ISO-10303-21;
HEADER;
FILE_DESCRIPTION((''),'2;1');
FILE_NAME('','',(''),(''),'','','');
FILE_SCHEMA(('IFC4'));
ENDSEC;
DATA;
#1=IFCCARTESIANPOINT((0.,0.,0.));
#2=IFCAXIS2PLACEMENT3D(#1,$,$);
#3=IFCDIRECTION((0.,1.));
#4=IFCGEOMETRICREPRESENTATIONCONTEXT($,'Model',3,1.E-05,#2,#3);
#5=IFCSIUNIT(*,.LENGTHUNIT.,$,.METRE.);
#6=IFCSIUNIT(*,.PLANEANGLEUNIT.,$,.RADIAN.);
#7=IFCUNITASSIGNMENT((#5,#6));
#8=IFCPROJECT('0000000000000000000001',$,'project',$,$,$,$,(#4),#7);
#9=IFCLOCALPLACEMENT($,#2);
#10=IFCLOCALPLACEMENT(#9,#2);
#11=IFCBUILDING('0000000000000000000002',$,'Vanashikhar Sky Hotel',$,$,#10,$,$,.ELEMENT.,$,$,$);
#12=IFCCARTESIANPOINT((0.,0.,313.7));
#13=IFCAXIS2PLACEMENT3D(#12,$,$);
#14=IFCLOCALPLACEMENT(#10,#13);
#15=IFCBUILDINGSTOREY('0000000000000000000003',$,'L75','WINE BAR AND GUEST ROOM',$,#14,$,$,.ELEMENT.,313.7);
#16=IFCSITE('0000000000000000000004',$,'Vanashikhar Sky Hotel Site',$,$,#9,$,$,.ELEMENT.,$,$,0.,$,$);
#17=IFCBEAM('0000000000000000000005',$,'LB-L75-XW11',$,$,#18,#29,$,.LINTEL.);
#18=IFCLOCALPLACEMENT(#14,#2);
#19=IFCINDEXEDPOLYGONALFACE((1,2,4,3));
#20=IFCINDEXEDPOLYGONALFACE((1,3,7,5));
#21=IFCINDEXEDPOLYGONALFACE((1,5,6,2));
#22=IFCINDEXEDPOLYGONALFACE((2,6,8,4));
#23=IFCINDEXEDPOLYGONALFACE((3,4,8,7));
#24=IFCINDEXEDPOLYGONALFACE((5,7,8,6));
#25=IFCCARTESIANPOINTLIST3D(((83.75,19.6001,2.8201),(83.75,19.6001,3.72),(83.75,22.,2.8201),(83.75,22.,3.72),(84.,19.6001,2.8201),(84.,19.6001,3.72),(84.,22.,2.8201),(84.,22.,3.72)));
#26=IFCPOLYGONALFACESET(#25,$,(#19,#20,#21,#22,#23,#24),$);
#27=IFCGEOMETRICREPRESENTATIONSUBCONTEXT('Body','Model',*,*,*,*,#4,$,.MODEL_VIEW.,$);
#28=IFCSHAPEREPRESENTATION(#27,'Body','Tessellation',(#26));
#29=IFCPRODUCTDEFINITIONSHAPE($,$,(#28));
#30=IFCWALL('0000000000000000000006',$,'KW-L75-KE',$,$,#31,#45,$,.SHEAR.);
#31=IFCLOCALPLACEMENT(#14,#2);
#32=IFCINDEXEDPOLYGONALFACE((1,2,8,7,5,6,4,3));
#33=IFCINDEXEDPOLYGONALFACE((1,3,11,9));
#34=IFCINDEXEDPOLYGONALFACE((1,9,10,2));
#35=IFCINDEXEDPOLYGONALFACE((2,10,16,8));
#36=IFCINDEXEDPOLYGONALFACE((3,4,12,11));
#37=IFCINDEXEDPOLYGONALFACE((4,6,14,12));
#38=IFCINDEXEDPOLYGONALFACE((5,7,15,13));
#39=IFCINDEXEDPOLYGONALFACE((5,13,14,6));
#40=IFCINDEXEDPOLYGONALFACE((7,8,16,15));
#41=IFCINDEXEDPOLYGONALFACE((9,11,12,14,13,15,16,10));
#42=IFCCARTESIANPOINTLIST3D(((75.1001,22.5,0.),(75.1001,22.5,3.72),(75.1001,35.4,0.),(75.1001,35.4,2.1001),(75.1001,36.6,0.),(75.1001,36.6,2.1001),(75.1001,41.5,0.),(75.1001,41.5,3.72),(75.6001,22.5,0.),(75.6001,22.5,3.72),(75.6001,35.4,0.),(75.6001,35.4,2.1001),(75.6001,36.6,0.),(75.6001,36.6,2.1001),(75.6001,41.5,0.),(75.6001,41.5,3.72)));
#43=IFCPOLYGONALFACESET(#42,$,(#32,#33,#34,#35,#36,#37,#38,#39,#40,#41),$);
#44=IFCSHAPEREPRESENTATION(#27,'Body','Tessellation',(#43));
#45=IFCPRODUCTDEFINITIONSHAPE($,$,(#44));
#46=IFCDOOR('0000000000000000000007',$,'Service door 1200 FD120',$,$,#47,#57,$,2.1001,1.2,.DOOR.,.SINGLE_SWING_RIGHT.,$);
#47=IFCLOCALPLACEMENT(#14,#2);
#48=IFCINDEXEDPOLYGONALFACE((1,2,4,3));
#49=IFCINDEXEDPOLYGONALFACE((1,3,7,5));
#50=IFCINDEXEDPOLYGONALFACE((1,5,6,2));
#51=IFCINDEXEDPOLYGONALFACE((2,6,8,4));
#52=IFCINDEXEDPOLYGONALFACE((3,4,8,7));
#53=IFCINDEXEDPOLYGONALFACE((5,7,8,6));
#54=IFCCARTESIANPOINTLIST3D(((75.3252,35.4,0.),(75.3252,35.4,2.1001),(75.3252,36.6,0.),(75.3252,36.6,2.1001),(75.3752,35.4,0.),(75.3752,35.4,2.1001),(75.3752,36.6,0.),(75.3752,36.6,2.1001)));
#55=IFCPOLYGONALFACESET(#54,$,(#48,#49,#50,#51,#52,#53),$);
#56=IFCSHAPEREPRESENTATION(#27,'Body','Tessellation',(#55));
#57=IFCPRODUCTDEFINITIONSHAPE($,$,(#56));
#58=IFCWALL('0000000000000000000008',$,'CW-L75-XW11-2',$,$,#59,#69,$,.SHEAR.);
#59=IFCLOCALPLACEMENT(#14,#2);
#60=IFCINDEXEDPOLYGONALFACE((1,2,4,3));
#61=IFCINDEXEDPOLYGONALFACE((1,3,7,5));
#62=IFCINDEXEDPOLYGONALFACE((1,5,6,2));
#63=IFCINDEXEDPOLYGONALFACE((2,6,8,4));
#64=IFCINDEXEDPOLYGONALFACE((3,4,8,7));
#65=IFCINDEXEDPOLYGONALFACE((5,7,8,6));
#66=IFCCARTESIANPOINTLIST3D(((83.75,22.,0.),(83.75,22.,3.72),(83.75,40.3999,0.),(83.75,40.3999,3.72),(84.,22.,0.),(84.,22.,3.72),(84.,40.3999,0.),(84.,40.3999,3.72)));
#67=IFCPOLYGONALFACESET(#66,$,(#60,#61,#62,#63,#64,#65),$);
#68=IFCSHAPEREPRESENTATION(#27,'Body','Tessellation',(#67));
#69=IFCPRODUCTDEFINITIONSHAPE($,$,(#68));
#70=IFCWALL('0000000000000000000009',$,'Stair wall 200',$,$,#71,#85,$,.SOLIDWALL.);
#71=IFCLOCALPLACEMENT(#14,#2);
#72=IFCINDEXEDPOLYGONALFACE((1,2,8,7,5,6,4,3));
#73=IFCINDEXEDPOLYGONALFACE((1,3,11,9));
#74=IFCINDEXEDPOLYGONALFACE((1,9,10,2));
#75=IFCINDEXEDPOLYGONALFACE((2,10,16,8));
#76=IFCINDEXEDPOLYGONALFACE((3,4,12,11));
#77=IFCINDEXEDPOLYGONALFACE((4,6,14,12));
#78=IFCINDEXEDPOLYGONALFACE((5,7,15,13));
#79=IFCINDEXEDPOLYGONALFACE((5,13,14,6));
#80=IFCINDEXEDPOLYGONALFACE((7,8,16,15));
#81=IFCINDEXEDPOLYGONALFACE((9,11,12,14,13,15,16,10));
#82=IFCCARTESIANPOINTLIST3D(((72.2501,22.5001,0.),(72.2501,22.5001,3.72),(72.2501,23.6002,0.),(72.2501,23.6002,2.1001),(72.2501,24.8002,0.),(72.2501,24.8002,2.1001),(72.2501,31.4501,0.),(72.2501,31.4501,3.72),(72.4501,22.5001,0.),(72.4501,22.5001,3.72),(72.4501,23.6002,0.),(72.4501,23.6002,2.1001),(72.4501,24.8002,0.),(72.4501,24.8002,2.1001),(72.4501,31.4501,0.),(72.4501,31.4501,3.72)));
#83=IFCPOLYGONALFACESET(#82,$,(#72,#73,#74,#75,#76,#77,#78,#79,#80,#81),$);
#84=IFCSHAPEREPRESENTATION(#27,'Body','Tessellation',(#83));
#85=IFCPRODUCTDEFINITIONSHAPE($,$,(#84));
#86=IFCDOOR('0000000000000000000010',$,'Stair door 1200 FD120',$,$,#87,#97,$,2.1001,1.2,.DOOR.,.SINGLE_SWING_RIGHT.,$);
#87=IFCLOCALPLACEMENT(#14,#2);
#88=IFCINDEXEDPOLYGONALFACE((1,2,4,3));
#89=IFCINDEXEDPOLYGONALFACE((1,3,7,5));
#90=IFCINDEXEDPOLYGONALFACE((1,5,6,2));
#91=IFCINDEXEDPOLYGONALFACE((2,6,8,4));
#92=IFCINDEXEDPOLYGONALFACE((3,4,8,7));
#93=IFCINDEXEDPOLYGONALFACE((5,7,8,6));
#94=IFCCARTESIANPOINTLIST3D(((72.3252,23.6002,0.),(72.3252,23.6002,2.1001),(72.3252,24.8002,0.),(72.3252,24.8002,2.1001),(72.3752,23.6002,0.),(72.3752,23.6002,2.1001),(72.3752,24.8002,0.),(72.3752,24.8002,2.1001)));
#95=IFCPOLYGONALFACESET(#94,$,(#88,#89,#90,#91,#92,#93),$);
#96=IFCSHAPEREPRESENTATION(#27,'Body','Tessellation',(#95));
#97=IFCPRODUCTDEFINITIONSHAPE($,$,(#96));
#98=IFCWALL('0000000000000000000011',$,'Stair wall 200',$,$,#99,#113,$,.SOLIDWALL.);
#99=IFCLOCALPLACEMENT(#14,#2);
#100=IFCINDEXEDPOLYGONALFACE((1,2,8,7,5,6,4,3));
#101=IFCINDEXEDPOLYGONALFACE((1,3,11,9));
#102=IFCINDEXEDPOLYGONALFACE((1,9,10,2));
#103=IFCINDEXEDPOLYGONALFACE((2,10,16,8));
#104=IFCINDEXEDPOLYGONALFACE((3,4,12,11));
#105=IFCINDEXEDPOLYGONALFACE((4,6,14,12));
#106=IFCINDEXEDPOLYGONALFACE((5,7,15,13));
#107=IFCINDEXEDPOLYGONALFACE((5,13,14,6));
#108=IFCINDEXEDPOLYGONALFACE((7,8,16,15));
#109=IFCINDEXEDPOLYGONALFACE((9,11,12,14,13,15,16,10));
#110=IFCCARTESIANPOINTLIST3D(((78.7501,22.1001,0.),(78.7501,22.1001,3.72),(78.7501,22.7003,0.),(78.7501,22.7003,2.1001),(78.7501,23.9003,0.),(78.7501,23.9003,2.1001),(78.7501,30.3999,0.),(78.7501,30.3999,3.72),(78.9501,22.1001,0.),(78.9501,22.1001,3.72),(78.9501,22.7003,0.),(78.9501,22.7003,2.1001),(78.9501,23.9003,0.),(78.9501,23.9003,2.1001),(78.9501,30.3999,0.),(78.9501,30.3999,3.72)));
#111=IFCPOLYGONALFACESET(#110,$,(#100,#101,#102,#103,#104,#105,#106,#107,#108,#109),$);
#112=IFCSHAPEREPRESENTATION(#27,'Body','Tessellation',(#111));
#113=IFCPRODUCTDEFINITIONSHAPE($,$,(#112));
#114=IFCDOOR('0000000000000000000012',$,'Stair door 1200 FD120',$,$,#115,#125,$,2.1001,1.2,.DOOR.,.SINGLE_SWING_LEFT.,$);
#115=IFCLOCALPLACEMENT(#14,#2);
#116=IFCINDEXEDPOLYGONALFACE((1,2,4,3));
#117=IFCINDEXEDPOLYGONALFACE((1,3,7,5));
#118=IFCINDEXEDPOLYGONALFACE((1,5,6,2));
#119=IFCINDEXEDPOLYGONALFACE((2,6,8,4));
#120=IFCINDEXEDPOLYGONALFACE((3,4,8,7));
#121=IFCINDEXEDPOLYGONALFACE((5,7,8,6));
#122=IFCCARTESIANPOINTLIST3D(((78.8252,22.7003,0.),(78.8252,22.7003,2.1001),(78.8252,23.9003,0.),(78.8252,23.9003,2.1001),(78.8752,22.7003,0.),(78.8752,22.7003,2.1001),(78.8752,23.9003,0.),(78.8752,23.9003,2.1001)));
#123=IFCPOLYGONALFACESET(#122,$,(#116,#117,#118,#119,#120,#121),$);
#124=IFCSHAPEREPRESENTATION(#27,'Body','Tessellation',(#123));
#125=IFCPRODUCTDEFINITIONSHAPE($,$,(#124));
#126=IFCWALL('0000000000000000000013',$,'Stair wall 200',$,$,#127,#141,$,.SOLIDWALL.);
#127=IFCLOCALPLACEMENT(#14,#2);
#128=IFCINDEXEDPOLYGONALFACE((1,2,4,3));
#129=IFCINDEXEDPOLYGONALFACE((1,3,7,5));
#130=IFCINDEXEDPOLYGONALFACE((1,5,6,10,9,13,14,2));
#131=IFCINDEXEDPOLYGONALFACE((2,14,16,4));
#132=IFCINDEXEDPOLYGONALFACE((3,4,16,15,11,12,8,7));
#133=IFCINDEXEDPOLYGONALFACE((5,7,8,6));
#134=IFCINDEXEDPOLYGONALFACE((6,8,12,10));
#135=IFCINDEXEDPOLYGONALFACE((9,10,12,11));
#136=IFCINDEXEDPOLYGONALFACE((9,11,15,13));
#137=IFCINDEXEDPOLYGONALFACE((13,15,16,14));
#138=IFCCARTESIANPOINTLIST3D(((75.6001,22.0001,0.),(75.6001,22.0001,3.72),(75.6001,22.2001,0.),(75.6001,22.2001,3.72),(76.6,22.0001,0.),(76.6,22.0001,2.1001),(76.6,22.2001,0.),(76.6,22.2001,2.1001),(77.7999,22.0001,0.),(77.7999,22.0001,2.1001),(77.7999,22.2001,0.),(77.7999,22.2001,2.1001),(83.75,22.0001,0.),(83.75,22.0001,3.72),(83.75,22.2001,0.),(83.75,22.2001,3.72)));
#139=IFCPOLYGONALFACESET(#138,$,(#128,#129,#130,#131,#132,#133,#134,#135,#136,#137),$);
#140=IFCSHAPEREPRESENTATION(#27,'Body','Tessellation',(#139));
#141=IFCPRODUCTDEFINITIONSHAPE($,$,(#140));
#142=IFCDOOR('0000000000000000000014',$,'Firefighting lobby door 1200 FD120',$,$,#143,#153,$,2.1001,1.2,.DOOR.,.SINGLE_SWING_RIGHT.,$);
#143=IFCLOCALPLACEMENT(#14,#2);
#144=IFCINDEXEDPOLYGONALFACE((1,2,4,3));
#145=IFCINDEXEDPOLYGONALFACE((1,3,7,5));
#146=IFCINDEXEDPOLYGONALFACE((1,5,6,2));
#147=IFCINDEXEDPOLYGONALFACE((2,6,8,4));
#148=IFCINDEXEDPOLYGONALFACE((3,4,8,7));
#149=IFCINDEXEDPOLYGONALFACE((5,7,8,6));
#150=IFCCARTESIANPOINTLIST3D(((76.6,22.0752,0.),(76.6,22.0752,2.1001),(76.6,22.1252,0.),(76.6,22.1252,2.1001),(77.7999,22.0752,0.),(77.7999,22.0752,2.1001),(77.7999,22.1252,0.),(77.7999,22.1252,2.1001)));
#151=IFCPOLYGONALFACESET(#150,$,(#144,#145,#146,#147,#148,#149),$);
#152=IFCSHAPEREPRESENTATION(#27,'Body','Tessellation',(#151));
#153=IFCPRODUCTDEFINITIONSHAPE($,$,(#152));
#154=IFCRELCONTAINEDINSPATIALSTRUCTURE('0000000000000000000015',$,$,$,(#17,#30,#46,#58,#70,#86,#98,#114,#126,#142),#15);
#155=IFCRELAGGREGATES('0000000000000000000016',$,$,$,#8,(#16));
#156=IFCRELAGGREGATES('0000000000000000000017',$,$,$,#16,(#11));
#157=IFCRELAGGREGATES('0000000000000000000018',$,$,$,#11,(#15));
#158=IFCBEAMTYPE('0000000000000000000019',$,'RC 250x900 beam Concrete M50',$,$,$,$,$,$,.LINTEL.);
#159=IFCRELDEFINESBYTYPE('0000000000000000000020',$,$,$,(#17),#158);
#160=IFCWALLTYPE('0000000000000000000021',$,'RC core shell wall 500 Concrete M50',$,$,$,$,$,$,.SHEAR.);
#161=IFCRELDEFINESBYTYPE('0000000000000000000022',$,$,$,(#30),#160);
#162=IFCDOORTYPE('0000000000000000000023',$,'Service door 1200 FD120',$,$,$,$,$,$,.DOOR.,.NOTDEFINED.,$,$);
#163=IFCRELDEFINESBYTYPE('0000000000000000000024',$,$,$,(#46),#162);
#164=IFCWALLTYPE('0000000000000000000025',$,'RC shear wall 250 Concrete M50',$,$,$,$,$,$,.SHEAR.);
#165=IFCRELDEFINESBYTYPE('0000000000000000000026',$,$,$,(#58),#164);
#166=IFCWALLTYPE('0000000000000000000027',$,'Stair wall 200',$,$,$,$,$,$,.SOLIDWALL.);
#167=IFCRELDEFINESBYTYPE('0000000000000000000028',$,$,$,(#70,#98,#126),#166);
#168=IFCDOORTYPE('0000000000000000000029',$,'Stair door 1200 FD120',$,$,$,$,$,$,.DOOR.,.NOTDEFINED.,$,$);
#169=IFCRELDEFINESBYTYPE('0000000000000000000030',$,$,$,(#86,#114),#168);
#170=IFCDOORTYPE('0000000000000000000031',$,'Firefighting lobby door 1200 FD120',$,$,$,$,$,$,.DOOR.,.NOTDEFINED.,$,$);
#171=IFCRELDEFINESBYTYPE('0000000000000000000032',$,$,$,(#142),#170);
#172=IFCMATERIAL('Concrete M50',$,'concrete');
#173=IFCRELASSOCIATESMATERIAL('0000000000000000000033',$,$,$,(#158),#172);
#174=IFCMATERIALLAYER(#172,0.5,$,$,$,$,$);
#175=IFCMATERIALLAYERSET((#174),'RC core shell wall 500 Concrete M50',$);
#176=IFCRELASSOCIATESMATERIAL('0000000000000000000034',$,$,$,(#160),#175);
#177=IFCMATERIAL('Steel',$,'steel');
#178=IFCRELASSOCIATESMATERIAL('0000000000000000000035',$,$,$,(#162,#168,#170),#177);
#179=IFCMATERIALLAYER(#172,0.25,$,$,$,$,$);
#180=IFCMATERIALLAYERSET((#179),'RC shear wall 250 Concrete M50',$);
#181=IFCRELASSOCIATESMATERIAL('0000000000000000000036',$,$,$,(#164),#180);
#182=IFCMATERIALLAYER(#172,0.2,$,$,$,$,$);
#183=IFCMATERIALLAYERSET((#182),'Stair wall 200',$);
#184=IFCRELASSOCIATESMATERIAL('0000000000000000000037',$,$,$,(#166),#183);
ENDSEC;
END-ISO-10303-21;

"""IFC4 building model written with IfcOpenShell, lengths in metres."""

from ifc_helpers import new_model, si_unit, direction, frame, frame_2d, origin, origin_2d, place, context, subcontext, project, spatial, rectangle, extrude, source, transform, mapped, material, layer, layer_set, material_profile, profile_set, type_object, element, fill, save


model = new_model("IFC4")

# Units and contexts
model_context = context("Model", 3, precision=1e-05, world=origin(), true_north=direction((0.0, 1.0)))
body_context = subcontext(model_context, "Body", "Model", "MODEL_VIEW")
ifc_project = project(units=[si_unit("LENGTHUNIT", "METRE"), si_unit("PLANEANGLEUNIT", "RADIAN")], contexts=[model_context])

# Site, building, storey
site_placement = place(None, origin())
site = spatial("IfcSite", under=ifc_project, at=site_placement, Name="Vanashikhar Sky Hotel Site", CompositionType="ELEMENT", RefElevation=0.0)
building_placement = place(site_placement, origin())
building = spatial("IfcBuilding", under=site, at=building_placement, Name="Vanashikhar Sky Hotel", CompositionType="ELEMENT")
storey_placement = place(building_placement, frame((0.0, 0.0, 313.7)))
storey = spatial("IfcBuildingStorey", under=building, at=storey_placement, Name="L75", Description="WINE BAR AND GUEST ROOM", CompositionType="ELEMENT", Elevation=313.7)

# Beam
ifc_material_1 = material(Name="Concrete M50", Category="concrete")
ifc_material_profile = material_profile(ifc_material_1, rectangle(XDim=0.25, YDim=0.8999, at=origin_2d()))
ifc_profile_set = profile_set([ifc_material_profile], Name="RC 250x900 beam Concrete M50")
beam_type = type_object("IfcBeamType", Name="RC 250x900 beam Concrete M50", PredefinedType="LINTEL", material=ifc_profile_set)
shared_shape_1 = source(origin(), body_context, "Body", "SweptSolid", [
    extrude(rectangle(XDim=0.25, YDim=0.8999, at=origin_2d()), origin(), (0.0, 0.0, 1.0), 2.3999),
])
beam_placement = place(storey_placement, frame((83.875, 19.6001, 3.27), z_axis=(0.0, 1.0, 0.0), x_axis=(-1.0, 0.0, 0.0)))
element("IfcBeam", 1, at=beam_placement, inside=storey, type_object=beam_type, Name="LB-L75-XW11", PredefinedType="LINTEL", context=body_context, shape_type="MappedRepresentation", body=[
    mapped(shared_shape_1, transform((0.0, 0.0, 0.0), scale=1.0)),
])

# Wall, opening, door
ifc_layer_1 = layer(ifc_material_1, 0.5)
ifc_layer_set_1 = layer_set([ifc_layer_1], Name="RC core shell wall 500 Concrete M50")
wall_type_1 = type_object("IfcWallType", Name="RC core shell wall 500 Concrete M50", PredefinedType="SHEAR", material=ifc_layer_set_1)
shared_shape_2 = source(origin(), body_context, "Body", "SweptSolid", [
    extrude(rectangle(XDim=19.0, YDim=0.5, at=frame_2d((9.5, 0.0))), origin(), (0.0, 0.0, 1.0), 3.72),
])
wall_1_placement = place(storey_placement, frame((75.3501, 22.5, 0.0), z_axis=(0.0, 0.0, 1.0), x_axis=(0.0, 1.0, 0.0)))
wall_1 = element("IfcWall", 2, at=wall_1_placement, inside=storey, type_object=wall_type_1, Name="KW-L75-KE", PredefinedType="SHEAR", context=body_context, shape_type="MappedRepresentation", body=[
    mapped(shared_shape_2, transform((0.0, 0.0, 0.0), scale=1.0)),
])
shared_shape_3 = source(origin(), body_context, "Body", "SweptSolid", [
    extrude(rectangle(XDim=1.2, YDim=2.1001, at=frame_2d((0.6001, 1.05))), frame((0.0, 0.26, 0.0), z_axis=(0.0, -1.0, 0.0), x_axis=(1.0, 0.0, 0.0)), (0.0, 0.0, 1.0), 0.52),
])
opening_1_placement = place(wall_1_placement, frame((12.8999, 0.0, 0.0)))
opening_1 = element("IfcOpeningElement", 3, at=opening_1_placement, cuts=wall_1, PredefinedType="OPENING", context=body_context, shape_type="MappedRepresentation", body=[
    mapped(shared_shape_3, transform((0.0, 0.0, 0.0), scale=1.0)),
])
ifc_material_2 = material(Name="Steel", Category="steel")
door_type_1 = type_object("IfcDoorType", Name="Service door 1200 FD120", OperationType="NOTDEFINED", PredefinedType="DOOR", material=ifc_material_2)
shared_shape_4 = source(origin(), body_context, "Body", "SweptSolid", [
    extrude(rectangle(XDim=1.2, YDim=2.1001, at=frame_2d((0.6001, 1.05))), frame((0.0, 0.0249, 0.0), z_axis=(0.0, -1.0, 0.0), x_axis=(1.0, 0.0, 0.0)), (0.0, 0.0, 1.0), 0.05),
])
door_1_placement = place(opening_1_placement, origin())
door_1 = element("IfcDoor", 4, at=door_1_placement, inside=storey, type_object=door_type_1, Name="Service door 1200 FD120", OperationType="SINGLE_SWING_RIGHT", OverallHeight=2.1001, OverallWidth=1.2, PredefinedType="DOOR", context=body_context, shape_type="MappedRepresentation", body=[
    mapped(shared_shape_4, transform((0.0, 0.0, 0.0), scale=1.0)),
])
fill(opening_1, door_1)

# Wall
ifc_layer_2 = layer(ifc_material_1, 0.25)
ifc_layer_set_2 = layer_set([ifc_layer_2], Name="RC shear wall 250 Concrete M50")
wall_type_2 = type_object("IfcWallType", Name="RC shear wall 250 Concrete M50", PredefinedType="SHEAR", material=ifc_layer_set_2)
shared_shape_5 = source(origin(), body_context, "Body", "SweptSolid", [
    extrude(rectangle(XDim=18.3999, YDim=0.25, at=frame_2d((9.2, 0.0))), origin(), (0.0, 0.0, 1.0), 3.72),
])
wall_2_placement = place(storey_placement, frame((83.875, 22.0, 0.0), z_axis=(0.0, 0.0, 1.0), x_axis=(0.0, 1.0, 0.0)))
element("IfcWall", 5, at=wall_2_placement, inside=storey, type_object=wall_type_2, Name="CW-L75-XW11-2", PredefinedType="SHEAR", context=body_context, shape_type="MappedRepresentation", body=[
    mapped(shared_shape_5, transform((0.0, 0.0, 0.0), scale=1.0)),
])

# Walls, openings, doors
ifc_layer_3 = layer(ifc_material_1, 0.2)
ifc_layer_set_3 = layer_set([ifc_layer_3], Name="Stair wall 200")
wall_type_3 = type_object("IfcWallType", Name="Stair wall 200", PredefinedType="SOLIDWALL", material=ifc_layer_set_3)
shared_shape_6 = source(origin(), body_context, "Body", "SweptSolid", [
    extrude(rectangle(XDim=8.95, YDim=0.2, at=frame_2d((4.4751, 0.0))), origin(), (0.0, 0.0, 1.0), 3.72),
])
wall_3_placement = place(storey_placement, frame((72.3501, 22.5, 0.0), z_axis=(0.0, 0.0, 1.0), x_axis=(0.0, 1.0, 0.0)))
wall_3 = element("IfcWall", 6, at=wall_3_placement, inside=storey, type_object=wall_type_3, Name="Stair wall 200", PredefinedType="SOLIDWALL", context=body_context, shape_type="MappedRepresentation", body=[
    mapped(shared_shape_6, transform((0.0, 0.0, 0.0), scale=1.0)),
])
shared_shape_7 = source(origin(), body_context, "Body", "SweptSolid", [
    extrude(rectangle(XDim=1.2, YDim=2.1001, at=frame_2d((0.6001, 1.05))), frame((0.0, 0.1099, 0.0), z_axis=(0.0, -1.0, 0.0), x_axis=(1.0, 0.0, 0.0)), (0.0, 0.0, 1.0), 0.22),
])
opening_2_placement = place(wall_3_placement, frame((1.1001, 0.0, 0.0)))
opening_2 = element("IfcOpeningElement", 7, at=opening_2_placement, cuts=wall_3, PredefinedType="OPENING", context=body_context, shape_type="MappedRepresentation", body=[
    mapped(shared_shape_7, transform((0.0, 0.0, 0.0), scale=1.0)),
])
door_type_2 = type_object("IfcDoorType", Name="Stair door 1200 FD120", OperationType="NOTDEFINED", PredefinedType="DOOR", material=ifc_material_2)
door_2_placement = place(opening_2_placement, origin())
door_2 = element("IfcDoor", 8, at=door_2_placement, inside=storey, type_object=door_type_2, Name="Stair door 1200 FD120", OperationType="SINGLE_SWING_RIGHT", OverallHeight=2.1001, OverallWidth=1.2, PredefinedType="DOOR", context=body_context, shape_type="MappedRepresentation", body=[
    mapped(shared_shape_4, transform((0.0, 0.0, 0.0), scale=1.0)),
])
fill(opening_2, door_2)
shared_shape_8 = source(origin(), body_context, "Body", "SweptSolid", [
    extrude(rectangle(XDim=8.2998, YDim=0.2, at=frame_2d((4.1499, 0.0))), origin(), (0.0, 0.0, 1.0), 3.72),
])
wall_4_placement = place(storey_placement, frame((78.8501, 22.1001, 0.0), z_axis=(0.0, 0.0, 1.0), x_axis=(0.0, 1.0, 0.0)))
wall_4 = element("IfcWall", 9, at=wall_4_placement, inside=storey, type_object=wall_type_3, Name="Stair wall 200", PredefinedType="SOLIDWALL", context=body_context, shape_type="MappedRepresentation", body=[
    mapped(shared_shape_8, transform((0.0, 0.0, 0.0), scale=1.0)),
])
opening_3_placement = place(wall_4_placement, frame((0.6001, 0.0, 0.0)))
opening_3 = element("IfcOpeningElement", 10, at=opening_3_placement, cuts=wall_4, PredefinedType="OPENING", context=body_context, shape_type="MappedRepresentation", body=[
    mapped(shared_shape_7, transform((0.0, 0.0, 0.0), scale=1.0)),
])
door_3_placement = place(opening_3_placement, origin())
door_3 = element("IfcDoor", 11, at=door_3_placement, inside=storey, type_object=door_type_2, Name="Stair door 1200 FD120", OperationType="SINGLE_SWING_LEFT", OverallHeight=2.1001, OverallWidth=1.2, PredefinedType="DOOR", context=body_context, shape_type="MappedRepresentation", body=[
    mapped(shared_shape_4, transform((0.0, 0.0, 0.0), scale=1.0)),
])
fill(opening_3, door_3)
shared_shape_9 = source(origin(), body_context, "Body", "SweptSolid", [
    extrude(rectangle(XDim=8.1499, YDim=0.2, at=frame_2d((4.075, 0.0))), origin(), (0.0, 0.0, 1.0), 3.72),
])
wall_5_placement = place(storey_placement, frame((83.75, 22.1001, 0.0), z_axis=(0.0, 0.0, 1.0), x_axis=(-1.0, 0.0, 0.0)))
wall_5 = element("IfcWall", 12, at=wall_5_placement, inside=storey, type_object=wall_type_3, Name="Stair wall 200", PredefinedType="SOLIDWALL", context=body_context, shape_type="MappedRepresentation", body=[
    mapped(shared_shape_9, transform((0.0, 0.0, 0.0), scale=1.0)),
])
opening_4_placement = place(wall_5_placement, frame((5.95, 0.0, 0.0)))
opening_4 = element("IfcOpeningElement", 13, at=opening_4_placement, cuts=wall_5, PredefinedType="OPENING", context=body_context, shape_type="MappedRepresentation", body=[
    mapped(shared_shape_7, transform((0.0, 0.0, 0.0), scale=1.0)),
])
door_type_3 = type_object("IfcDoorType", Name="Firefighting lobby door 1200 FD120", OperationType="NOTDEFINED", PredefinedType="DOOR", material=ifc_material_2)
door_4_placement = place(opening_4_placement, origin())
door_4 = element("IfcDoor", 14, at=door_4_placement, inside=storey, type_object=door_type_3, Name="Firefighting lobby door 1200 FD120", OperationType="SINGLE_SWING_RIGHT", OverallHeight=2.1001, OverallWidth=1.2, PredefinedType="DOOR", context=body_context, shape_type="MappedRepresentation", body=[
    mapped(shared_shape_4, transform((0.0, 0.0, 0.0), scale=1.0)),
])
fill(opening_4, door_4)

save(model, "model.ifc")
